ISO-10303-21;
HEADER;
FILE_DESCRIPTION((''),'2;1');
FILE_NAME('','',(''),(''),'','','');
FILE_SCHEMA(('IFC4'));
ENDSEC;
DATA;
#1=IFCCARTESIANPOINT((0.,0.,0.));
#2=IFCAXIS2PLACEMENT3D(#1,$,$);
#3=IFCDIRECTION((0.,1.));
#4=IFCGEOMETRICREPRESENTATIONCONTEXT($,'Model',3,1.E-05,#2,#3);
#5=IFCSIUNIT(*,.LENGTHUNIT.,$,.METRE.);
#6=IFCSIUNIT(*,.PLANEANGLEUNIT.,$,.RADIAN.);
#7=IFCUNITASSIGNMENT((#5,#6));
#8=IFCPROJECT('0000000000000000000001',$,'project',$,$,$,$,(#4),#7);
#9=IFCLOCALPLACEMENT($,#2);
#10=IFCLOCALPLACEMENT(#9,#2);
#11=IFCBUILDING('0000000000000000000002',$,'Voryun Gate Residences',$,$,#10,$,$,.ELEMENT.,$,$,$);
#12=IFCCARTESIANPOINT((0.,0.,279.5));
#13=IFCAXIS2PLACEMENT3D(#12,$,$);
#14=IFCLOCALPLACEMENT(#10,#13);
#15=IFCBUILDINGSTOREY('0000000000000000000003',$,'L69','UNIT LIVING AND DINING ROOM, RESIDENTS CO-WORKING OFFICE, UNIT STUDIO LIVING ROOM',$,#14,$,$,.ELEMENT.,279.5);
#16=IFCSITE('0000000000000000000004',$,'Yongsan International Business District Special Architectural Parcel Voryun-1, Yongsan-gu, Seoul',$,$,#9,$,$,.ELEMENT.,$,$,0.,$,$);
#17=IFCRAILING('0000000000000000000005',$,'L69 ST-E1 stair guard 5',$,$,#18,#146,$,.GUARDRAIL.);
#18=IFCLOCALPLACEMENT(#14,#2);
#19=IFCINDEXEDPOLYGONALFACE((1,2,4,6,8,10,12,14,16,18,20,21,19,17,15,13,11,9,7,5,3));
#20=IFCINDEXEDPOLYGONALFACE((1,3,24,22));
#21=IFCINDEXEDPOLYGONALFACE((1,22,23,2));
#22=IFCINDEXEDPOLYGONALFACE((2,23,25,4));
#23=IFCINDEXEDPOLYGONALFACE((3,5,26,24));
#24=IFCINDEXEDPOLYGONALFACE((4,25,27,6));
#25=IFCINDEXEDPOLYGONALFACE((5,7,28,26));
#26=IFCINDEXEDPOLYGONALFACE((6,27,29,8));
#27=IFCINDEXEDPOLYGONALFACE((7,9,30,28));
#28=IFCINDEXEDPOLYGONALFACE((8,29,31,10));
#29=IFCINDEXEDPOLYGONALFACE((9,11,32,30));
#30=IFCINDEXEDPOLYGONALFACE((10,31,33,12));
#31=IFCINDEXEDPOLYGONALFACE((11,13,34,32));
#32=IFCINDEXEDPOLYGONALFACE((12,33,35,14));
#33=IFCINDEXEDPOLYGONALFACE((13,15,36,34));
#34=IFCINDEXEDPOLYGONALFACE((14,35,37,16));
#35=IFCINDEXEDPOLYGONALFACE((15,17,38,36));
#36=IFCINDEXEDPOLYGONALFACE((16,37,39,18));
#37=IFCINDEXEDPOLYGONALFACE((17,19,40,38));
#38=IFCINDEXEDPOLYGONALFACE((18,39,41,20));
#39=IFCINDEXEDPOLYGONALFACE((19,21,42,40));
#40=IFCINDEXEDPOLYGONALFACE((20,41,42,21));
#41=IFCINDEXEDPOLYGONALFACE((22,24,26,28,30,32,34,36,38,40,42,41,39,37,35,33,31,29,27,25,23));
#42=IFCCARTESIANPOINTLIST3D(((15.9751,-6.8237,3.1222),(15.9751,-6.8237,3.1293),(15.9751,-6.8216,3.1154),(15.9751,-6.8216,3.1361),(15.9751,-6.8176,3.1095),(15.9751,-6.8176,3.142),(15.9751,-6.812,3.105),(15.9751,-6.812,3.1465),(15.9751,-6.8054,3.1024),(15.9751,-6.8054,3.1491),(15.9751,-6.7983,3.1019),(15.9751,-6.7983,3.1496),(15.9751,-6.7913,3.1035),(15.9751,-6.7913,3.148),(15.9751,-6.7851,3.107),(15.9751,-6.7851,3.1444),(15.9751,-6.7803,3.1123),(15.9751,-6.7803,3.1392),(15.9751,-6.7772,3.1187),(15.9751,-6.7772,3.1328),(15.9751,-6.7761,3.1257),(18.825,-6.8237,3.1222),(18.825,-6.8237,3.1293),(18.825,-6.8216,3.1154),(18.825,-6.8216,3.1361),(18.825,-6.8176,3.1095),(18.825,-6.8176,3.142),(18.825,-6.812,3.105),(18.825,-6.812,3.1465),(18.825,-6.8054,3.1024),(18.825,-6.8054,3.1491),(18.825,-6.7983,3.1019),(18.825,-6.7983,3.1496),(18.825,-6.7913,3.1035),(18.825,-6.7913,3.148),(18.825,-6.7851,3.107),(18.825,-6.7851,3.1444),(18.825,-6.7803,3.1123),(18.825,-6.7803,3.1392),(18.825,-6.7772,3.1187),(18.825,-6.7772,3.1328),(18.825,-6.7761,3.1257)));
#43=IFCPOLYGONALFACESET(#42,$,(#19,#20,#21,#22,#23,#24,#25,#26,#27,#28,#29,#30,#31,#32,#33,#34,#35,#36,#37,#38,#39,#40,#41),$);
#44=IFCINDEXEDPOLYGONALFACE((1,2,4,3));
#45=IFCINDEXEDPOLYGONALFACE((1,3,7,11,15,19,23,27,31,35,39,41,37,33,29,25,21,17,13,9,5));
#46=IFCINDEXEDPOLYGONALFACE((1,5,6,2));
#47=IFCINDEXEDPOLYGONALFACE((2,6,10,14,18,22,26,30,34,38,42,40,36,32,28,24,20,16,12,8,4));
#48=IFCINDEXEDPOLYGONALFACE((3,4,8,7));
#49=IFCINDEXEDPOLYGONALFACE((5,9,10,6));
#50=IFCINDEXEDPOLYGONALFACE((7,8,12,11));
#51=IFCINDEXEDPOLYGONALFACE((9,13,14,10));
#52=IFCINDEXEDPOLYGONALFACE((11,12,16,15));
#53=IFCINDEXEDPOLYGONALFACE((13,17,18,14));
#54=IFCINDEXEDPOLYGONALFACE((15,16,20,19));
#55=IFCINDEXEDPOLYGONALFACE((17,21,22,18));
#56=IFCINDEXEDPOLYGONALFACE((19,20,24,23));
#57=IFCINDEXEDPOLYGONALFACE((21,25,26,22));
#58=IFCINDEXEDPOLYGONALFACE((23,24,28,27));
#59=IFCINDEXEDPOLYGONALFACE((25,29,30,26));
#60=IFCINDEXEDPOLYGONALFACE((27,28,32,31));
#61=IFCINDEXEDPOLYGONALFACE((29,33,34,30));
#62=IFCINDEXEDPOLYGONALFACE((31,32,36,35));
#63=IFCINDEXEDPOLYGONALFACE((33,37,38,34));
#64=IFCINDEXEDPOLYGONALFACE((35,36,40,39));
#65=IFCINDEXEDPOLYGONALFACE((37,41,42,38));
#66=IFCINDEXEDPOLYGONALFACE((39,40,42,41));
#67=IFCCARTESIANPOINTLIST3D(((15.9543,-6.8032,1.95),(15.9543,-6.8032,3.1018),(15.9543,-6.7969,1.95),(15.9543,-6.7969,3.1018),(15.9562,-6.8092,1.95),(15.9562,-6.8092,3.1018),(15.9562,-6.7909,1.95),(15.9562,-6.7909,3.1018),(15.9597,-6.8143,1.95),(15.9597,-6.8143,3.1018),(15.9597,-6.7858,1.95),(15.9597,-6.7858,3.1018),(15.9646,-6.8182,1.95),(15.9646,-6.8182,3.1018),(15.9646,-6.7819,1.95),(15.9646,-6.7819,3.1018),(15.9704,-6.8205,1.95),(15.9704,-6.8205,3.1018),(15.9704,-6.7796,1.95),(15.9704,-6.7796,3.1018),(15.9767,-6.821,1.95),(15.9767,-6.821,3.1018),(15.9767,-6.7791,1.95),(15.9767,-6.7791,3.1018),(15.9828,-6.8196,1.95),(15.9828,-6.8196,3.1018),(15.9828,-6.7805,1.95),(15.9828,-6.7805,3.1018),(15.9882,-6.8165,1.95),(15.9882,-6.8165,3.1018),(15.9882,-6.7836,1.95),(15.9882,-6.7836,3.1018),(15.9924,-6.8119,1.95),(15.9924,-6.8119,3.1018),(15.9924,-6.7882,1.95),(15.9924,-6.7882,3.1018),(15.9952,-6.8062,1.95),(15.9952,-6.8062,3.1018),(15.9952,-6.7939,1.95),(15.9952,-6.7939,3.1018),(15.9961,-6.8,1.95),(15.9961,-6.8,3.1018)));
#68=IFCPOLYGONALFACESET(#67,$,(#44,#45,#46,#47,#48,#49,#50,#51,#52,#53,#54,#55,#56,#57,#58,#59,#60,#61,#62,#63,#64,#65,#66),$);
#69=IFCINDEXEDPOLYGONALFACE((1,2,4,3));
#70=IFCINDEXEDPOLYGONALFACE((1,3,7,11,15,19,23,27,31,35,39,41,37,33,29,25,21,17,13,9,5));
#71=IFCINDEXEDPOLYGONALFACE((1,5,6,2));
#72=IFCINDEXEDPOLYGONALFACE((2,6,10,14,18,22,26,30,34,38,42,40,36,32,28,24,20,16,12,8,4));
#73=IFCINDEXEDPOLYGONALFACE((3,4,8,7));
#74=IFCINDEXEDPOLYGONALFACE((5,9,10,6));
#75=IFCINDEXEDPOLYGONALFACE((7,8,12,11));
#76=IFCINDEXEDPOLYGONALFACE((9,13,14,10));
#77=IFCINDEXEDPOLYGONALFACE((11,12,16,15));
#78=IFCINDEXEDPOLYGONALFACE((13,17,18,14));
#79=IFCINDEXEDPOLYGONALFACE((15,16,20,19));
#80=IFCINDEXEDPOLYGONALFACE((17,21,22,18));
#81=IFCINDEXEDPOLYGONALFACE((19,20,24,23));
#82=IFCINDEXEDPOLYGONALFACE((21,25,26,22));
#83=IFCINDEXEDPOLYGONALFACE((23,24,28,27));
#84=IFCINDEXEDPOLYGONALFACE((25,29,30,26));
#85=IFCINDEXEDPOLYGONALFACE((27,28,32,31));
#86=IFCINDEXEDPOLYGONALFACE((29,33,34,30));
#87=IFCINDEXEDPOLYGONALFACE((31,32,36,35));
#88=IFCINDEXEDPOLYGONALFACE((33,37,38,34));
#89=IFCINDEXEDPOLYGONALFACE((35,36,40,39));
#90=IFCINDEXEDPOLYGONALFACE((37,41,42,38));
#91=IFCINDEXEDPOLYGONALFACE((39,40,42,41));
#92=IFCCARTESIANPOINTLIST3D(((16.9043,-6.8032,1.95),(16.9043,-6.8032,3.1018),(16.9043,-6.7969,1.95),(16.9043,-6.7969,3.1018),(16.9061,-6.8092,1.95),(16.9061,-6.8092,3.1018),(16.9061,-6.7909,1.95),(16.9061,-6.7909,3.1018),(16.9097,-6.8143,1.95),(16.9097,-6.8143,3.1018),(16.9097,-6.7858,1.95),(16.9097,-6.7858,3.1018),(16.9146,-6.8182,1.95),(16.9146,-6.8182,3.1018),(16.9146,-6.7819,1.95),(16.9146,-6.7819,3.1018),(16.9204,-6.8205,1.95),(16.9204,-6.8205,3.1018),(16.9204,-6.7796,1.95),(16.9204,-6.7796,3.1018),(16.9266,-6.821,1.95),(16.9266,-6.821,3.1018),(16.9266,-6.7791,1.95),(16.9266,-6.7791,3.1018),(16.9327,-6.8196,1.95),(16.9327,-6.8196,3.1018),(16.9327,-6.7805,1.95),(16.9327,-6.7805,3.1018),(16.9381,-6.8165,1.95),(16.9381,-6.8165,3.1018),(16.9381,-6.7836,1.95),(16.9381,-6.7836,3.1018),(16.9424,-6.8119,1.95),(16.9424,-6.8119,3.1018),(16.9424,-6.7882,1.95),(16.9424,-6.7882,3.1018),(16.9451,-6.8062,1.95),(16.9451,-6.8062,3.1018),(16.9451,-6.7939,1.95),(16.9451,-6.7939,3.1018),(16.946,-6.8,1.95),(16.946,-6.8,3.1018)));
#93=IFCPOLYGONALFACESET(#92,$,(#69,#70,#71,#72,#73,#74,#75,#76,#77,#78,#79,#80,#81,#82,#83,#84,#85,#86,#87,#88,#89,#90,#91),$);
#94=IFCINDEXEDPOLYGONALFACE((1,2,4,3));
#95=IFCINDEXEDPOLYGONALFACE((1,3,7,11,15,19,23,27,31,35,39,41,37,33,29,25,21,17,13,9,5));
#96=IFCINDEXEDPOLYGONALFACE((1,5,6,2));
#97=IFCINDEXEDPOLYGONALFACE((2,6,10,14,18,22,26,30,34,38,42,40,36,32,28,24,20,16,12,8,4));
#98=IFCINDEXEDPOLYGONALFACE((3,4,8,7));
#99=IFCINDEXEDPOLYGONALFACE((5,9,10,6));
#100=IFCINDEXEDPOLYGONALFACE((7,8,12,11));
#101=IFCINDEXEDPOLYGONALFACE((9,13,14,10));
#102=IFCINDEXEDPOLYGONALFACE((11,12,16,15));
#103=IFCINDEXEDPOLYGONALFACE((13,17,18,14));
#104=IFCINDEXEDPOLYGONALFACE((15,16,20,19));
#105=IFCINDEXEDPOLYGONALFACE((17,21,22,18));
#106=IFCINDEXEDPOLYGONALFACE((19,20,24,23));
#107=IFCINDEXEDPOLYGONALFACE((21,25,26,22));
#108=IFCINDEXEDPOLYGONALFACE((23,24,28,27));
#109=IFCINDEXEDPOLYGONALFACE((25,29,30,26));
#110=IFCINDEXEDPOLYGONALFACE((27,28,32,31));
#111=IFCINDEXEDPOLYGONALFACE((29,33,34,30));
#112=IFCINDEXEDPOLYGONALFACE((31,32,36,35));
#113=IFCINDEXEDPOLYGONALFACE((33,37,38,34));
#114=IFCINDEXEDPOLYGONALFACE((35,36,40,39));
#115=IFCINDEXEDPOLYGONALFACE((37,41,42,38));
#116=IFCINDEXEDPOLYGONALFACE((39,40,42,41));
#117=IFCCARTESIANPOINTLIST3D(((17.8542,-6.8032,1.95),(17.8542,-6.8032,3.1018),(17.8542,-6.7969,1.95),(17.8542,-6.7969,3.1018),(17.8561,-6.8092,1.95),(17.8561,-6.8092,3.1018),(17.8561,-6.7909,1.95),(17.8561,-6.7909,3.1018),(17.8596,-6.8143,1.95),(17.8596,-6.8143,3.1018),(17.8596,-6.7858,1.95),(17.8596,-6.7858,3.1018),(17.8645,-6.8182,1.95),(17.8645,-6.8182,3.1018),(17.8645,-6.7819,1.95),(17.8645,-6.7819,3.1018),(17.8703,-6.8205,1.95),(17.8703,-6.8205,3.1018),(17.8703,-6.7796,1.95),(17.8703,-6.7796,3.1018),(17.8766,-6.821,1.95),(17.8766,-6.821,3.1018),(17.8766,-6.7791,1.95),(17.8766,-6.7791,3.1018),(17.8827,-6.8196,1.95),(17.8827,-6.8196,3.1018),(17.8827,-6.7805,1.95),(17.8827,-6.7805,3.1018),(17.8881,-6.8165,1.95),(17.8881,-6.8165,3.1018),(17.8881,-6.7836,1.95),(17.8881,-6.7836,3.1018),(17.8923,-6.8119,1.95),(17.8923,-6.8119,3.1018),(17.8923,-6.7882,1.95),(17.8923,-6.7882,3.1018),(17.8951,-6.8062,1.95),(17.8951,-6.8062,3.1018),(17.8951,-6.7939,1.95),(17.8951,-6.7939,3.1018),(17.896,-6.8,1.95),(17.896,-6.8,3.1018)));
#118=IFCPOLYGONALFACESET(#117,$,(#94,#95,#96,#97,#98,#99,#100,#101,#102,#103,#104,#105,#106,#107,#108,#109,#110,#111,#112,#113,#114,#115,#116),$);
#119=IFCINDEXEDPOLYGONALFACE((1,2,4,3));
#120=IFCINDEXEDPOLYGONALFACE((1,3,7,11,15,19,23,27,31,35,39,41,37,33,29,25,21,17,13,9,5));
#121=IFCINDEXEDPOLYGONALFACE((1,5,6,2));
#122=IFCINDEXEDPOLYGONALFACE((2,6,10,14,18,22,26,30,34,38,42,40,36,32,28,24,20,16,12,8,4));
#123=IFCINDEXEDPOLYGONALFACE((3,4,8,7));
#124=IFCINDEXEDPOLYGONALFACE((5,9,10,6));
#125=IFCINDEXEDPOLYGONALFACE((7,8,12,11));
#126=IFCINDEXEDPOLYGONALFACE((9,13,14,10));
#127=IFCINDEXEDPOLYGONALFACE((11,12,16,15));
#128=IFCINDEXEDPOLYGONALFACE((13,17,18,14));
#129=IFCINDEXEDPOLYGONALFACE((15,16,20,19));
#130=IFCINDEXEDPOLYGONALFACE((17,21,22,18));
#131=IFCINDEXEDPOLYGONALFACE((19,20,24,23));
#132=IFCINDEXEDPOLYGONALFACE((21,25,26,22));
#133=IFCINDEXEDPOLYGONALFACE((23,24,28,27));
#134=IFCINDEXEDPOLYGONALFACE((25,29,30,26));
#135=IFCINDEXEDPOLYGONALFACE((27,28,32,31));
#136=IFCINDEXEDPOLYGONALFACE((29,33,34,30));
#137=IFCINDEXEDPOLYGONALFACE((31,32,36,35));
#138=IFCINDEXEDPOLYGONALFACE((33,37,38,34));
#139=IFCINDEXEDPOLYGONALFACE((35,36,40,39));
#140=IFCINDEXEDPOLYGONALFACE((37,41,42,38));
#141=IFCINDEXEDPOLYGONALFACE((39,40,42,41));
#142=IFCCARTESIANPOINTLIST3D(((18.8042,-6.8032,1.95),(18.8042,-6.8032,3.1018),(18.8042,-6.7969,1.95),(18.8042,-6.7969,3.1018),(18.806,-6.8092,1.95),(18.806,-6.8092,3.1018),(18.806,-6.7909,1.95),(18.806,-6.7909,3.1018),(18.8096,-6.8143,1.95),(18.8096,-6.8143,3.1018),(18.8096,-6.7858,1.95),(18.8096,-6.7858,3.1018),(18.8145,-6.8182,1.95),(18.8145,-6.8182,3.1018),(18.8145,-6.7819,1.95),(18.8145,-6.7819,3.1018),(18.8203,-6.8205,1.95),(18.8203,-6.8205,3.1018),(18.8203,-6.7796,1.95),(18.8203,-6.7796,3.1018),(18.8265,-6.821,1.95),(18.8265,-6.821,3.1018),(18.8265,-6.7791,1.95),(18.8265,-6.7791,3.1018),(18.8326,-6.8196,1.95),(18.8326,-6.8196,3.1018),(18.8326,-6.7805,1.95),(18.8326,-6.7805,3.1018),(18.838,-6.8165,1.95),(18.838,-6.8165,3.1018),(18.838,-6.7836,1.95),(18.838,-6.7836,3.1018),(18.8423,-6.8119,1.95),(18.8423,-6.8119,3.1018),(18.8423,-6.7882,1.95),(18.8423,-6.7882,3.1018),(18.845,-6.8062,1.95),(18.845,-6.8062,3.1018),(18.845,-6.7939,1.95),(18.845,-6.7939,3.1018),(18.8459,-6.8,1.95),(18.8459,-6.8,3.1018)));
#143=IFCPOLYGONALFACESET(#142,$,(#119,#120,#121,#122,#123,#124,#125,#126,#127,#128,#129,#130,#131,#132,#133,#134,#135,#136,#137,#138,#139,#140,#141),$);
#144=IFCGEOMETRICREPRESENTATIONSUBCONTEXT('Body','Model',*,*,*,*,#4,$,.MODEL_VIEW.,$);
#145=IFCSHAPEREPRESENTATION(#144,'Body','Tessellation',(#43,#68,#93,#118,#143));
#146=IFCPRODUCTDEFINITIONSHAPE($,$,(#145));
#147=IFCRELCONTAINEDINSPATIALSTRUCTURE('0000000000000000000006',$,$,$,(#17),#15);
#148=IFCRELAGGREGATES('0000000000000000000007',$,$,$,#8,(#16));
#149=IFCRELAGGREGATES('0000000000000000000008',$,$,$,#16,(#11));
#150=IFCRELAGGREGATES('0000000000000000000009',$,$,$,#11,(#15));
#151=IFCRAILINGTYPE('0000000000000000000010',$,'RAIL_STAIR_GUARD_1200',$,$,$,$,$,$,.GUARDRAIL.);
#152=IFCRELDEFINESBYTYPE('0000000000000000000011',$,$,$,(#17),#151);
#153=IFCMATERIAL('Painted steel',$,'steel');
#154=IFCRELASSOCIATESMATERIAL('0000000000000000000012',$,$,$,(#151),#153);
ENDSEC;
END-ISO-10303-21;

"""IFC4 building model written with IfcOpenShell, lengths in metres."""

from ifc_helpers import new_model, si_unit, direction, frame, origin, origin_2d, place, context, subcontext, project, spatial, circle, extrude, material, type_object, element, save


model = new_model("IFC4")

# Units and contexts
model_context = context("Model", 3, precision=1e-05, world=origin(), true_north=direction((0.0, 1.0)))
body_context = subcontext(model_context, "Body", "Model", "MODEL_VIEW")
ifc_project = project(units=[si_unit("LENGTHUNIT", "METRE"), si_unit("PLANEANGLEUNIT", "RADIAN")], contexts=[model_context])

# Site, building, storey
site_placement = place(None, origin())
site = spatial("IfcSite", under=ifc_project, at=site_placement, Name="Yongsan International Business District Special Architectural Parcel Voryun-1, Yongsan-gu, Seoul", CompositionType="ELEMENT", RefElevation=0.0)
building_placement = place(site_placement, origin())
building = spatial("IfcBuilding", under=site, at=building_placement, Name="Voryun Gate Residences", CompositionType="ELEMENT")
storey_placement = place(building_placement, frame((0.0, 0.0, 279.5)))
storey = spatial("IfcBuildingStorey", under=building, at=storey_placement, Name="L69", Description="UNIT LIVING AND DINING ROOM, RESIDENTS CO-WORKING OFFICE, UNIT STUDIO LIVING ROOM", CompositionType="ELEMENT", Elevation=279.5)

# Railing
ifc_material_1 = material(Name="Painted steel", Category="steel")
railing_type_1 = type_object("IfcRailingType", Name="RAIL_STAIR_GUARD_1200", PredefinedType="GUARDRAIL", material=ifc_material_1)
railing_1_placement = place(storey_placement, frame((15.9751, -6.8, 1.95)))
element("IfcRailing", 1, at=railing_1_placement, inside=storey, type_object=railing_type_1, Name="L69 ST-E1 stair guard 5", PredefinedType="GUARDRAIL", context=body_context, shape_type="SweptSolid", body=[
    extrude(circle(Radius=0.0239, at=origin_2d()), frame((0.0, 0.0, 1.1758), z_axis=(1.0, 0.0, 0.0), x_axis=(0.0, 1.0, 0.0)), (0.0, 0.0, 1.0), 2.8499),
    extrude(circle(Radius=0.021, at=origin_2d()), origin(), (0.0, 0.0, 1.0), 1.1519),
    extrude(circle(Radius=0.021, at=origin_2d()), frame((0.95, 0.0, 0.0)), (0.0, 0.0, 1.0), 1.1519),
    extrude(circle(Radius=0.021, at=origin_2d()), frame((1.8999, 0.0, 0.0)), (0.0, 0.0, 1.0), 1.1519),
    extrude(circle(Radius=0.021, at=origin_2d()), frame((2.8499, 0.0, 0.0)), (0.0, 0.0, 1.0), 1.1519),
])

save(model, "model.ifc")
